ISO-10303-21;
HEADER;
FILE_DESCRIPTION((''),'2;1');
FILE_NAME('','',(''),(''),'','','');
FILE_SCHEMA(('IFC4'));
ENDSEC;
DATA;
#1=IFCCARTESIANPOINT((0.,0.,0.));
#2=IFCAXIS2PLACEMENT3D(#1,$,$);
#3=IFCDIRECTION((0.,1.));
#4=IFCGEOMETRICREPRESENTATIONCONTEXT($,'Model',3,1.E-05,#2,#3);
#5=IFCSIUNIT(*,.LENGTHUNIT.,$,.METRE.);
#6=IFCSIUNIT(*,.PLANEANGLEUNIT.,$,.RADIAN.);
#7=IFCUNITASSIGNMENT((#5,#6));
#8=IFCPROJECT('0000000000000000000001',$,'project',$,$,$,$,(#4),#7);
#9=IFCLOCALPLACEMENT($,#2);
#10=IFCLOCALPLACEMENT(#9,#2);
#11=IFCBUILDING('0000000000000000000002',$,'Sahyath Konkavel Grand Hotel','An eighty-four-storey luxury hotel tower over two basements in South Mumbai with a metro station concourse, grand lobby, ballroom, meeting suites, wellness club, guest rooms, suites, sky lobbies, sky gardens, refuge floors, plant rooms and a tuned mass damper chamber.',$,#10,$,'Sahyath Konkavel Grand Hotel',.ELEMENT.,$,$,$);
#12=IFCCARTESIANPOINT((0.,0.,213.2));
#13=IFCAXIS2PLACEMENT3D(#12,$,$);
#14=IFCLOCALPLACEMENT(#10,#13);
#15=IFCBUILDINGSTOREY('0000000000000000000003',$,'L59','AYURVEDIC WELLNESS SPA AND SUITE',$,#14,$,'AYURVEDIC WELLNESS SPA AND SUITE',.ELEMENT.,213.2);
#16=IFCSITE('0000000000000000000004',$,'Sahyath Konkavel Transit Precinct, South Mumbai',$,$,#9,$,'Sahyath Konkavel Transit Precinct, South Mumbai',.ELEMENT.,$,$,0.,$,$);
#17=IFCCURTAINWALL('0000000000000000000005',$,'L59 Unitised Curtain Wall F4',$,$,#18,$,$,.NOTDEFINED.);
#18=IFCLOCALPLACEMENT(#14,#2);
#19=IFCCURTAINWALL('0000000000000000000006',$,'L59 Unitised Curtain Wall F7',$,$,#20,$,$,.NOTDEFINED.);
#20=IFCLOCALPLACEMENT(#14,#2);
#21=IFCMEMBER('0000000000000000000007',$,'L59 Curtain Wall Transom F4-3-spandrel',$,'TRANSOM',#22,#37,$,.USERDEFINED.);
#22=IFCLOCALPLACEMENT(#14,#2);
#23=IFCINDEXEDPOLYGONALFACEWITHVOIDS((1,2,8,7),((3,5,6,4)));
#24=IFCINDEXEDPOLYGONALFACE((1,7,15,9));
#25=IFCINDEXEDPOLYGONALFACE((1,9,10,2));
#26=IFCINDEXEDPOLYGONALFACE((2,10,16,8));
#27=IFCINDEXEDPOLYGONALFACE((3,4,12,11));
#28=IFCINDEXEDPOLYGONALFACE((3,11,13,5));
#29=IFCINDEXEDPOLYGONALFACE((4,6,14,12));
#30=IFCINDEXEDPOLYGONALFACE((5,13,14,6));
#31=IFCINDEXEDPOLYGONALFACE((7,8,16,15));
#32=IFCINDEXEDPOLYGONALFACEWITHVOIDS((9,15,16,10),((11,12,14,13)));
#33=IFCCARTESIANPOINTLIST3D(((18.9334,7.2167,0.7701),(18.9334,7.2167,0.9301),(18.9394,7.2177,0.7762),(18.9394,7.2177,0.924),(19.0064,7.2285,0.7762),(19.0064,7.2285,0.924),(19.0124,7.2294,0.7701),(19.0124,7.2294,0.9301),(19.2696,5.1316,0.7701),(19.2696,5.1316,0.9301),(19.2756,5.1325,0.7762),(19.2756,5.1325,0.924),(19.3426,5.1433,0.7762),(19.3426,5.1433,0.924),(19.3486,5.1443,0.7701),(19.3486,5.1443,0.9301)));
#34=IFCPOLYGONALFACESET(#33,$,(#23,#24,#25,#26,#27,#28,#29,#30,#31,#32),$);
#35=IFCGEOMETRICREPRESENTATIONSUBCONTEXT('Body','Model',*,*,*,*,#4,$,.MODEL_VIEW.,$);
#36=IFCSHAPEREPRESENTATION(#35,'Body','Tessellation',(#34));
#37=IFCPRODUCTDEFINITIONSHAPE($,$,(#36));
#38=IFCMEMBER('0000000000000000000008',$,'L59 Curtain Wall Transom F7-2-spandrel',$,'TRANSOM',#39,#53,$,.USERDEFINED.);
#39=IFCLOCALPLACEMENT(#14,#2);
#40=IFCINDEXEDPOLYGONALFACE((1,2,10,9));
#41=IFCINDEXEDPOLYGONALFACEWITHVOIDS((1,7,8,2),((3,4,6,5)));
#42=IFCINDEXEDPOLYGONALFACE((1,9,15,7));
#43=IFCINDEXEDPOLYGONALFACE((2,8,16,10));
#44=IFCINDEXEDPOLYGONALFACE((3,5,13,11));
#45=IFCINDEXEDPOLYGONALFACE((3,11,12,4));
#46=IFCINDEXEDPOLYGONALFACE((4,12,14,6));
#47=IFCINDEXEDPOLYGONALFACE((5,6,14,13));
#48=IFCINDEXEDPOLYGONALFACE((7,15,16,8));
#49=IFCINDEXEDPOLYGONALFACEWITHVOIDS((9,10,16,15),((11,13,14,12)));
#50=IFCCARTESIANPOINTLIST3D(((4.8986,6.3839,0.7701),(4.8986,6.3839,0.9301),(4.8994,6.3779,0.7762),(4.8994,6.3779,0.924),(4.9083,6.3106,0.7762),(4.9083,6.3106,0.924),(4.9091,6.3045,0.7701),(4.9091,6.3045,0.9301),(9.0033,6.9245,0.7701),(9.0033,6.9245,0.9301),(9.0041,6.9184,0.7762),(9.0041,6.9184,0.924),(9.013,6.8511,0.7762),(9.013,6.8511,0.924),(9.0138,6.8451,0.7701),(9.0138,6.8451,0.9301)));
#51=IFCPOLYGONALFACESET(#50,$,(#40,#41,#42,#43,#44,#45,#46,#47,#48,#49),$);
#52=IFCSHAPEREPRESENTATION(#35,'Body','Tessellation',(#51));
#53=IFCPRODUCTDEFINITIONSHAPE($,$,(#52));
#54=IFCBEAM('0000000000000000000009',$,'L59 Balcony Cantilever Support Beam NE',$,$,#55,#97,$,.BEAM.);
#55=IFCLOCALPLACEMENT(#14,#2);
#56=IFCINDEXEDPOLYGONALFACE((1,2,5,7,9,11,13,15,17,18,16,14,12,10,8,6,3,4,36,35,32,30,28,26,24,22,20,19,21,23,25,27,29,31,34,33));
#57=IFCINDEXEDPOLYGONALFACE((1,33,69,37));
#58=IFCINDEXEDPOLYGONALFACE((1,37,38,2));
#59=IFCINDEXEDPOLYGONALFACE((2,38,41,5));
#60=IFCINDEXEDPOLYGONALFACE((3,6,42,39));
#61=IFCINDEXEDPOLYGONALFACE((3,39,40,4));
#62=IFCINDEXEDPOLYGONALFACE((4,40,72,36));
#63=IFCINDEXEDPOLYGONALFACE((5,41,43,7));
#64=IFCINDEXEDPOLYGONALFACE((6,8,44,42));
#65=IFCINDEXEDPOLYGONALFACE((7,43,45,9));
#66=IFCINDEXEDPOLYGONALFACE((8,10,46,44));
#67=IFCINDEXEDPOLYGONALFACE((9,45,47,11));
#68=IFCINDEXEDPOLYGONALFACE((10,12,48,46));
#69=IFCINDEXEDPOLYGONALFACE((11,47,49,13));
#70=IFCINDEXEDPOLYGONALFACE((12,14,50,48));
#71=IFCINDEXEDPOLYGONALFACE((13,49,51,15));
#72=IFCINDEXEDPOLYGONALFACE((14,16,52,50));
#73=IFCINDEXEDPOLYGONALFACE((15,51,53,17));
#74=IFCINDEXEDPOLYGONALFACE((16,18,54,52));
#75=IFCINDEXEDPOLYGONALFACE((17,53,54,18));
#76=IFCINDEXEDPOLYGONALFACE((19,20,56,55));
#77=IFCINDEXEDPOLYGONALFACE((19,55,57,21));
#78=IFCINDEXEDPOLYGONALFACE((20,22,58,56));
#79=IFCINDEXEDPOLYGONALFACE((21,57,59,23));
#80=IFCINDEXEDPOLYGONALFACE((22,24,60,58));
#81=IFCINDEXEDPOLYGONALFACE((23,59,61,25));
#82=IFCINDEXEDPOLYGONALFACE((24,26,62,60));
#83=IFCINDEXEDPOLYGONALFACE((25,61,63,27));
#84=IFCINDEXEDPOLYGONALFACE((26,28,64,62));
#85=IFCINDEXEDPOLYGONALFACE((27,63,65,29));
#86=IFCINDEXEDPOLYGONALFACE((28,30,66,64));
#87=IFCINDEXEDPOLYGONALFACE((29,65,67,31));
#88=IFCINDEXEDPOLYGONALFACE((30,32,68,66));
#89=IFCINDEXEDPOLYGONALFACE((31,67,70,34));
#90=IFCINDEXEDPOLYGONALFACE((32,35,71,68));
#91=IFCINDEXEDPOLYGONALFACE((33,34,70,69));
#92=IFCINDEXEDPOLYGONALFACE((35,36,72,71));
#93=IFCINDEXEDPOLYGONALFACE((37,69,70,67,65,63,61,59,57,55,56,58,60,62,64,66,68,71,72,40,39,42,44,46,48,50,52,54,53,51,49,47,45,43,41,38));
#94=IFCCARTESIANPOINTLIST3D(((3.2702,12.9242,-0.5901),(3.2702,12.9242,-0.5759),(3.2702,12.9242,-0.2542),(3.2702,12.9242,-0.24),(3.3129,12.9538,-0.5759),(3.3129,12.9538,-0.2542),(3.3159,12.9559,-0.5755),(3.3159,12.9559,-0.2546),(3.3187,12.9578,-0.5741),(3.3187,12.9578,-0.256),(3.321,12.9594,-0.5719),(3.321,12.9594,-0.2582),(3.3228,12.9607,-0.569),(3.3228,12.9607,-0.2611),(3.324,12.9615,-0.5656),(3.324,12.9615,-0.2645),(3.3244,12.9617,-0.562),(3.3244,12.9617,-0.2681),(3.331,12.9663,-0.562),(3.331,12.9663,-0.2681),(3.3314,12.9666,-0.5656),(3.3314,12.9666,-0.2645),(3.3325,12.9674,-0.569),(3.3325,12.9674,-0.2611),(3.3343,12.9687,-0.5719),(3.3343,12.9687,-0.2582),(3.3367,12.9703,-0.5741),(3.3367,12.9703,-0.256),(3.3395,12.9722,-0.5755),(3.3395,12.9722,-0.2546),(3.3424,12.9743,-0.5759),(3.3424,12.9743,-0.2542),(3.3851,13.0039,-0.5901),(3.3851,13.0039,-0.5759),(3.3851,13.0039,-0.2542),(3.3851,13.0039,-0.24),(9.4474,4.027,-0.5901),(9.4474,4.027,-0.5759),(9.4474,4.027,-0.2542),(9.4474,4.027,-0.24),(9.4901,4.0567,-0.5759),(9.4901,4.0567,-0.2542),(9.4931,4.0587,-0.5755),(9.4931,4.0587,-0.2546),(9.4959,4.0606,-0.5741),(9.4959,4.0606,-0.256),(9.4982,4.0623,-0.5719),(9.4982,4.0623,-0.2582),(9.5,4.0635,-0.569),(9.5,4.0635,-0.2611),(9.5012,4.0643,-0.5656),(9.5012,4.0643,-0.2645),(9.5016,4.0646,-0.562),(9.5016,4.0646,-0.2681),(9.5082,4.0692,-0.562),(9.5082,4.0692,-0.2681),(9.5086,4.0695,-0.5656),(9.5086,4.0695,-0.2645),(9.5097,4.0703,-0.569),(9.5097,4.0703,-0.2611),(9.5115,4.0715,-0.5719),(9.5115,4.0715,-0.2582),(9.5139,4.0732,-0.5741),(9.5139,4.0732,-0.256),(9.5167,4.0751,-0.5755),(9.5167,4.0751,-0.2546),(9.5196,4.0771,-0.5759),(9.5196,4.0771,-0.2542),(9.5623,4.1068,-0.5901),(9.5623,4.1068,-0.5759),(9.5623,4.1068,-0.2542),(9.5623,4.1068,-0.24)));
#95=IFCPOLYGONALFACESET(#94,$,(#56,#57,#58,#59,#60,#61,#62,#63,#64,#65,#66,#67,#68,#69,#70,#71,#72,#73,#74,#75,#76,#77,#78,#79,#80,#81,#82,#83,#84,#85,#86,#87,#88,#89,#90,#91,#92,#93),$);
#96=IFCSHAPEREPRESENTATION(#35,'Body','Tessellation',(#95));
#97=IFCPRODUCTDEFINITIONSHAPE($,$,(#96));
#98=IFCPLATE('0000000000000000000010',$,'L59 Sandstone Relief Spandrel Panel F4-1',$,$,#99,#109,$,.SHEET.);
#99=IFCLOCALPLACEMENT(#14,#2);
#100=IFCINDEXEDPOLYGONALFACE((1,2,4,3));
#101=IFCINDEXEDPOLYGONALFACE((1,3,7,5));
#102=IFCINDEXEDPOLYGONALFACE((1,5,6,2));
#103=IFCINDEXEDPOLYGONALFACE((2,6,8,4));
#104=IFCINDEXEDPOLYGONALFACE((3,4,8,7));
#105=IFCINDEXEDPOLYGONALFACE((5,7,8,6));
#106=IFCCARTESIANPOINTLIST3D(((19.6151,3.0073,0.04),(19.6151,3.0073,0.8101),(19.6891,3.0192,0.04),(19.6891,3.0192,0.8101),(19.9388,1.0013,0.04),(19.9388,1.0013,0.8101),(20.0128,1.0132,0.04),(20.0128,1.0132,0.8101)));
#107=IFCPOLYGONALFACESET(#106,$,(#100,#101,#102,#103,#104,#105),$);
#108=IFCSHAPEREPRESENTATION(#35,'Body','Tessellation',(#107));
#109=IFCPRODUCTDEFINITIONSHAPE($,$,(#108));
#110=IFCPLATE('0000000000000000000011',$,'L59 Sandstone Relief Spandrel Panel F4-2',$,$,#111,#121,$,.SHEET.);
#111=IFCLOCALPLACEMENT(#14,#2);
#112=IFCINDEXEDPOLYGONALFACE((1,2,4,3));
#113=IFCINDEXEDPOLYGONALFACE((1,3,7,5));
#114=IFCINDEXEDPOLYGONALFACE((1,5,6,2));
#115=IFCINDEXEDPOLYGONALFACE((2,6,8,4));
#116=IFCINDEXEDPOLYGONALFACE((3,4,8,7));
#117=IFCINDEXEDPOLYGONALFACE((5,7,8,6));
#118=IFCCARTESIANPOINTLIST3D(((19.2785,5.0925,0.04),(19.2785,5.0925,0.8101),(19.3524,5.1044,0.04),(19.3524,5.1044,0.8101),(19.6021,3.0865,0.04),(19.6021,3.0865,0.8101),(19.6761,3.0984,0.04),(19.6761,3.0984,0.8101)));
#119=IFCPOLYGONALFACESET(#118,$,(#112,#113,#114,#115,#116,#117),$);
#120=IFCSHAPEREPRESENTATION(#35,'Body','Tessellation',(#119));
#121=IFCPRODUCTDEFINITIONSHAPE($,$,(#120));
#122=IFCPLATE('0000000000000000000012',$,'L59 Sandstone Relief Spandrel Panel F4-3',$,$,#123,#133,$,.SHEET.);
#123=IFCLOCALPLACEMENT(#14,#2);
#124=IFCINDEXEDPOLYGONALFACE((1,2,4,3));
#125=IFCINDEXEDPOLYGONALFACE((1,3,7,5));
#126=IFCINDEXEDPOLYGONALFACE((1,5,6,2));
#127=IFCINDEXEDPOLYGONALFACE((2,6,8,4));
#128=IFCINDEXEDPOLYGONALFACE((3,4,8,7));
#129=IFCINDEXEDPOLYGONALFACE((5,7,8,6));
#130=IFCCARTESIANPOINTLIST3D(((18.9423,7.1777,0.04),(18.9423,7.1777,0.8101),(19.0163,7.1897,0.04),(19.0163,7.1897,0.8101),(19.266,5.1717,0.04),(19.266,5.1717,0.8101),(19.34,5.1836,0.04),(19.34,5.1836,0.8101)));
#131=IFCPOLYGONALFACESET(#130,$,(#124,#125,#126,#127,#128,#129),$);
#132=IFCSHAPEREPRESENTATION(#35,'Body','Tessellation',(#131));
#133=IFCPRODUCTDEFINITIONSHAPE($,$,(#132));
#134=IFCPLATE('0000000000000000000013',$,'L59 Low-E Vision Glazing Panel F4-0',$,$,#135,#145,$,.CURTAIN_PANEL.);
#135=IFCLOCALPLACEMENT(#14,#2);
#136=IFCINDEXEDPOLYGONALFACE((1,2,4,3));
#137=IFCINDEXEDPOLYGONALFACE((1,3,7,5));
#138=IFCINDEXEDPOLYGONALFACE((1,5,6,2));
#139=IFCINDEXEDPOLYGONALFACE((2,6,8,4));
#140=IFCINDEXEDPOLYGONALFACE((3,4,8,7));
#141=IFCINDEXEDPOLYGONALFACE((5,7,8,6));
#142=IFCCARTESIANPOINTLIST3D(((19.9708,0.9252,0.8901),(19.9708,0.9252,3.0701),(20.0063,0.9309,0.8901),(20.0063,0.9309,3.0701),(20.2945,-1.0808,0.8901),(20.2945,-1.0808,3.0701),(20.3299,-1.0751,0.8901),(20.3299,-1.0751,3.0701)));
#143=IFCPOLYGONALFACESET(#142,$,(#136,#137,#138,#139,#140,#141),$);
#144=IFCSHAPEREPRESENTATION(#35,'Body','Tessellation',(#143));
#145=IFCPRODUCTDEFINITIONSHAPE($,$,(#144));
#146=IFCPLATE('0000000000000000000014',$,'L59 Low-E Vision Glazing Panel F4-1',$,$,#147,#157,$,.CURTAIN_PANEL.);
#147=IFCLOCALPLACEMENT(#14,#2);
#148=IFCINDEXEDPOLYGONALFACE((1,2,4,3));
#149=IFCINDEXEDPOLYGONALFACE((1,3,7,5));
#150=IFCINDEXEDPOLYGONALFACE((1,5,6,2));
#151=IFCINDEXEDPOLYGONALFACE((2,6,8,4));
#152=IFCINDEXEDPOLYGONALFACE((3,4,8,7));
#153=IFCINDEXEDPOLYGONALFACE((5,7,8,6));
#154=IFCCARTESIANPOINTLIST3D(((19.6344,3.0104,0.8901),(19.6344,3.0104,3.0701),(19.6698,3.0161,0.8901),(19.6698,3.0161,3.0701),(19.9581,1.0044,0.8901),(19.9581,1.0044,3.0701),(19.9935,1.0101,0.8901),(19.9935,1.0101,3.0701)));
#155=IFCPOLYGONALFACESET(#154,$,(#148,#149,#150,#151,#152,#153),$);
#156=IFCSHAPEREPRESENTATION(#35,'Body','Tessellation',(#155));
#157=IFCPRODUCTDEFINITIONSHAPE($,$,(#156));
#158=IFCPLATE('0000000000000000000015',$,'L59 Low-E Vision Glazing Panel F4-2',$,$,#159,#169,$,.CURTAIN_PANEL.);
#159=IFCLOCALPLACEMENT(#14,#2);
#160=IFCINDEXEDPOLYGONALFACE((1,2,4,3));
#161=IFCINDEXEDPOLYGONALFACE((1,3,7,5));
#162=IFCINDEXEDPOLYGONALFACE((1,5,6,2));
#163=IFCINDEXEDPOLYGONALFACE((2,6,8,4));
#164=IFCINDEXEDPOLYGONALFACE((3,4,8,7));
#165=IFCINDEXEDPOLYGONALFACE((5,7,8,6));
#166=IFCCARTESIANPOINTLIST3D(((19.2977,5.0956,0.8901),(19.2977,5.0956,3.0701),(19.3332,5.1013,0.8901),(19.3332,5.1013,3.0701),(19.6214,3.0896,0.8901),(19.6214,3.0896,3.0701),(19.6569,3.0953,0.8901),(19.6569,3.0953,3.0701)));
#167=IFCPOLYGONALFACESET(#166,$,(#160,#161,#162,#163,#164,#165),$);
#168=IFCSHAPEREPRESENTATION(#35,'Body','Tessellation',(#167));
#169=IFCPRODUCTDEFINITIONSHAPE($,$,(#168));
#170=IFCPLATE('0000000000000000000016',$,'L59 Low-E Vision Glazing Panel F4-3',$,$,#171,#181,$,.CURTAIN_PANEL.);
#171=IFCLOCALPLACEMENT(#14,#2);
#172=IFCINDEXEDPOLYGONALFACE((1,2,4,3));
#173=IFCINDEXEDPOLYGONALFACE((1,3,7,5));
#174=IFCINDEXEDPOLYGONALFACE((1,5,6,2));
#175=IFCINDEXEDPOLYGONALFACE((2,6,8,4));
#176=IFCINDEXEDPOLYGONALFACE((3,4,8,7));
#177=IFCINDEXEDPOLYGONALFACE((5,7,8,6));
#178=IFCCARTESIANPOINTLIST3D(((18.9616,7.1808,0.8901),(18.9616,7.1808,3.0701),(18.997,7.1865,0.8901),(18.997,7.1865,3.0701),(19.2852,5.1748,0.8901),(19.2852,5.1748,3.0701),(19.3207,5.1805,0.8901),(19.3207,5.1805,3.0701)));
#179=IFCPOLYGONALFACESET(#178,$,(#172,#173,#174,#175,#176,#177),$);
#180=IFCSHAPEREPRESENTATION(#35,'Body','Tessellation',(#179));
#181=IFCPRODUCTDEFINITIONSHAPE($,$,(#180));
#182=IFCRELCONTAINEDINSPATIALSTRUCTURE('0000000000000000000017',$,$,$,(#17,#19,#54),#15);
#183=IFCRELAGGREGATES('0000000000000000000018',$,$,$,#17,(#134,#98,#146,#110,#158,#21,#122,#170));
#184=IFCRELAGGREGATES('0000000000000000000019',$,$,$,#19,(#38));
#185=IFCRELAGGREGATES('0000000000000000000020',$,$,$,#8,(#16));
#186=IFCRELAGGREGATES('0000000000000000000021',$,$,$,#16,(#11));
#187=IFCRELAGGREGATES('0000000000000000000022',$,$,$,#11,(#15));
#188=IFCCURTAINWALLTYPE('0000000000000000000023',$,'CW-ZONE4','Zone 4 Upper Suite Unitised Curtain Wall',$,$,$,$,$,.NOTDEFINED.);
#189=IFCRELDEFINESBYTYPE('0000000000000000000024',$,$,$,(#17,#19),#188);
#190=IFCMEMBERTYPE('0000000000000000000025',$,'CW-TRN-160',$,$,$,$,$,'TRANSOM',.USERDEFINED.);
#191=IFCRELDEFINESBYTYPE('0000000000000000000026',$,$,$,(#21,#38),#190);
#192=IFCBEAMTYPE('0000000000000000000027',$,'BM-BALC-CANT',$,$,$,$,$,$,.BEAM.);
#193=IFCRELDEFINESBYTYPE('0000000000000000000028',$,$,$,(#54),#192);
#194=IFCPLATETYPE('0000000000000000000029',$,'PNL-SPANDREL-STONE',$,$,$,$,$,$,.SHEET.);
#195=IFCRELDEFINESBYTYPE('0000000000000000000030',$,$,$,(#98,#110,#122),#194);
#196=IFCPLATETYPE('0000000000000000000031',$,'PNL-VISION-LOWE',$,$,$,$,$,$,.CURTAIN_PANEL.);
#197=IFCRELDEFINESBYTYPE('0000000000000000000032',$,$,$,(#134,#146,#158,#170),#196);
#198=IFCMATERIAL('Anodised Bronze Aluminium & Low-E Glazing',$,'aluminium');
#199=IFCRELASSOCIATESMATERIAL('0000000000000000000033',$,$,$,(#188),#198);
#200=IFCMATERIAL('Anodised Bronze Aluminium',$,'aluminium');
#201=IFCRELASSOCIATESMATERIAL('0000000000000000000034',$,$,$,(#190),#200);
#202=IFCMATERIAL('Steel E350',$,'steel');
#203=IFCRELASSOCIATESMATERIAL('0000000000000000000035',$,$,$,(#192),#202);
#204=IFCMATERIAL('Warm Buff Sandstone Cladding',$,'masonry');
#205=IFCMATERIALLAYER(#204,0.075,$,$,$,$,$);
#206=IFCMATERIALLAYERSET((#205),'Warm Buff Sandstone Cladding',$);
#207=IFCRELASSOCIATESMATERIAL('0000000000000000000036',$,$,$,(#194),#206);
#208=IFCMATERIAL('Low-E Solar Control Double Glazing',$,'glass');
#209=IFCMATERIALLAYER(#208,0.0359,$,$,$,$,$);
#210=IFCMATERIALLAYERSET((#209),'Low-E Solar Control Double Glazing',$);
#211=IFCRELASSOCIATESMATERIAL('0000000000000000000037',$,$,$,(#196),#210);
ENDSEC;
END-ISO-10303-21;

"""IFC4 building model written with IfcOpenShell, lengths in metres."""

from ifc_helpers import new_model, si_unit, direction, frame, origin, origin_2d, place, context, subcontext, project, spatial, rectangle, hollow_rectangle, i_section, extrude, source, transform, mapped, material, layer, layer_set, material_profile, profile_set, type_object, element, aggregate, save


model = new_model("IFC4")

# Units and contexts
model_context = context("Model", 3, precision=1e-05, world=origin(), true_north=direction((0.0, 1.0)))
body_context = subcontext(model_context, "Body", "Model", "MODEL_VIEW")
ifc_project = project(units=[si_unit("LENGTHUNIT", "METRE"), si_unit("PLANEANGLEUNIT", "RADIAN")], contexts=[model_context])

# Site, building, storey
site_placement = place(None, origin())
site = spatial("IfcSite", under=ifc_project, at=site_placement, Name="Sahyath Konkavel Transit Precinct, South Mumbai", LongName="Sahyath Konkavel Transit Precinct, South Mumbai", CompositionType="ELEMENT", RefElevation=0.0)
building_placement = place(site_placement, origin())
building = spatial("IfcBuilding", under=site, at=building_placement, Name="Sahyath Konkavel Grand Hotel", Description="An eighty-four-storey luxury hotel tower over two basements in South Mumbai with a metro station concourse, grand lobby, ballroom, meeting suites, wellness club, guest rooms, suites, sky lobbies, sky gardens, refuge floors, plant rooms and a tuned mass damper chamber.", LongName="Sahyath Konkavel Grand Hotel", CompositionType="ELEMENT")
storey_placement = place(building_placement, frame((0.0, 0.0, 213.2)))
storey = spatial("IfcBuildingStorey", under=building, at=storey_placement, Name="L59", Description="AYURVEDIC WELLNESS SPA AND SUITE", LongName="AYURVEDIC WELLNESS SPA AND SUITE", CompositionType="ELEMENT", Elevation=213.2)

# Shared definitions
ifc_material_1 = material(Name="Steel E350", Category="steel")

# Curtain wall
ifc_material_2 = material(Name="Anodised Bronze Aluminium & Low-E Glazing", Category="aluminium")
curtain_wall_type = type_object("IfcCurtainWallType", Name="CW-ZONE4", Description="Zone 4 Upper Suite Unitised Curtain Wall", PredefinedType="NOTDEFINED", material=ifc_material_2)
curtain_wall_1_placement = place(storey_placement, origin())
curtain_wall_1 = element("IfcCurtainWall", 1, at=curtain_wall_1_placement, inside=storey, type_object=curtain_wall_type, Name="L59 Unitised Curtain Wall F4", PredefinedType="NOTDEFINED")
ifc_material_3 = material(Name="Anodised Bronze Aluminium", Category="aluminium")

# Curtain wall
curtain_wall_2_placement = place(storey_placement, origin())
curtain_wall_2 = element("IfcCurtainWall", 2, at=curtain_wall_2_placement, inside=storey, type_object=curtain_wall_type, Name="L59 Unitised Curtain Wall F7", PredefinedType="NOTDEFINED")

# Members
ifc_material_profile_1 = material_profile(ifc_material_3, hollow_rectangle(XDim=0.0801, YDim=0.1599, WallThickness=0.0061, at=origin_2d()), Name="RHS 160x80x6")
ifc_profile_set_1 = profile_set([ifc_material_profile_1], Name="Anodised Bronze Aluminium")
member_type_1 = type_object("IfcMemberType", Name="CW-TRN-160", ElementType="TRANSOM", PredefinedType="USERDEFINED", material=ifc_profile_set_1)
shared_shape_1 = source(origin(), body_context, "Body", "SweptSolid", [
    extrude(hollow_rectangle(XDim=0.0801, YDim=0.1599, WallThickness=0.0061, at=origin_2d()), origin(), (0.0, 0.0, 1.0), 2.1121),
])
member_1_placement = place(storey_placement, frame((19.3091, 5.1379, 0.8501), z_axis=(-0.159167, 0.987252, 0.0), x_axis=(-0.987252, -0.159167, 0.0)))
member_1 = element("IfcMember", 3, at=member_1_placement, type_object=member_type_1, Name="L59 Curtain Wall Transom F4-3-spandrel", ObjectType="TRANSOM", PredefinedType="USERDEFINED", context=body_context, shape_type="MappedRepresentation", body=[
    mapped(shared_shape_1, transform((0.0, 0.0, 0.0), scale=1.0)),
])
shared_shape_2 = source(origin(), body_context, "Body", "SweptSolid", [
    extrude(hollow_rectangle(XDim=0.0801, YDim=0.1599, WallThickness=0.0061, at=origin_2d()), origin(), (0.0, 0.0, 1.0), 4.1401),
])
member_2_placement = place(storey_placement, frame((9.0085, 6.8848, 0.8501), z_axis=(-0.991441, -0.130557, 0.0), x_axis=(0.130557, -0.991441, 0.0)))
member_2 = element("IfcMember", 4, at=member_2_placement, type_object=member_type_1, Name="L59 Curtain Wall Transom F7-2-spandrel", ObjectType="TRANSOM", PredefinedType="USERDEFINED", context=body_context, shape_type="MappedRepresentation", body=[
    mapped(shared_shape_2, transform((0.0, 0.0, 0.0), scale=1.0)),
])

# Beam
ifc_material_profile_2 = material_profile(ifc_material_1, i_section(OverallWidth=0.1399, OverallDepth=0.3501, WebThickness=0.0081, FlangeThickness=0.0142, FilletRadius=0.0139, at=origin_2d()), Name="ISMB 350")
ifc_profile_set_2 = profile_set([ifc_material_profile_2], Name="Steel E350")
beam_type_1 = type_object("IfcBeamType", Name="BM-BALC-CANT", PredefinedType="BEAM", material=ifc_profile_set_2)
shared_shape_3 = source(origin(), body_context, "Body", "SweptSolid", [
    extrude(i_section(OverallWidth=0.1399, OverallDepth=0.3501, WebThickness=0.0081, FlangeThickness=0.0142, FilletRadius=0.0139, at=origin_2d()), origin(), (0.0, 0.0, 1.0), 10.8313),
])
beam_1_placement = place(storey_placement, frame((9.5049, 4.0669, -0.415), z_axis=(-0.57031, 0.82143, 0.0), x_axis=(-0.82143, -0.57031, 0.0)))
element("IfcBeam", 5, at=beam_1_placement, inside=storey, type_object=beam_type_1, Name="L59 Balcony Cantilever Support Beam NE", PredefinedType="BEAM", context=body_context, shape_type="MappedRepresentation", body=[
    mapped(shared_shape_3, transform((0.0, 0.0, 0.0), scale=1.0)),
])

# Plates
ifc_material_4 = material(Name="Warm Buff Sandstone Cladding", Category="masonry")
ifc_layer_1 = layer(ifc_material_4, 0.075)
ifc_layer_set_1 = layer_set([ifc_layer_1], Name="Warm Buff Sandstone Cladding")
plate_type_1 = type_object("IfcPlateType", Name="PNL-SPANDREL-STONE", PredefinedType="SHEET", material=ifc_layer_set_1)
shared_shape_4 = source(origin(), body_context, "Body", "SweptSolid", [
    extrude(rectangle(XDim=2.032, YDim=0.075, at=origin_2d()), origin(), (0.0, 0.0, 1.0), 0.77),
])
plate_1_placement = place(storey_placement, frame((19.814, 2.0103, 0.04), z_axis=(0.0, 0.0, 1.0), x_axis=(-0.159295, 0.987231, 0.0)))
plate_1 = element("IfcPlate", 6, at=plate_1_placement, type_object=plate_type_1, Name="L59 Sandstone Relief Spandrel Panel F4-1", PredefinedType="SHEET", context=body_context, shape_type="MappedRepresentation", body=[
    mapped(shared_shape_4, transform((0.0, 0.0, 0.0), scale=1.0)),
])
plate_2_placement = place(storey_placement, frame((19.4773, 4.0955, 0.04), z_axis=(0.0, 0.0, 1.0), x_axis=(-0.159295, 0.987231, 0.0)))
plate_2 = element("IfcPlate", 7, at=plate_2_placement, type_object=plate_type_1, Name="L59 Sandstone Relief Spandrel Panel F4-2", PredefinedType="SHEET", context=body_context, shape_type="MappedRepresentation", body=[
    mapped(shared_shape_4, transform((0.0, 0.0, 0.0), scale=1.0)),
])
plate_3_placement = place(storey_placement, frame((19.1411, 6.1807, 0.04), z_axis=(0.0, 0.0, 1.0), x_axis=(-0.159295, 0.987231, 0.0)))
plate_3 = element("IfcPlate", 8, at=plate_3_placement, type_object=plate_type_1, Name="L59 Sandstone Relief Spandrel Panel F4-3", PredefinedType="SHEET", context=body_context, shape_type="MappedRepresentation", body=[
    mapped(shared_shape_4, transform((0.0, 0.0, 0.0), scale=1.0)),
])
ifc_material_5 = material(Name="Low-E Solar Control Double Glazing", Category="glass")
ifc_layer_2 = layer(ifc_material_5, 0.0359)
ifc_layer_set_2 = layer_set([ifc_layer_2], Name="Low-E Solar Control Double Glazing")
plate_type_2 = type_object("IfcPlateType", Name="PNL-VISION-LOWE", PredefinedType="CURTAIN_PANEL", material=ifc_layer_set_2)
shared_shape_5 = source(origin(), body_context, "Body", "SweptSolid", [
    extrude(rectangle(XDim=2.032, YDim=0.0359, at=origin_2d()), origin(), (0.0, 0.0, 1.0), 2.1799),
])
plate_4_placement = place(storey_placement, frame((20.1504, -0.075, 0.8901), z_axis=(0.0, 0.0, 1.0), x_axis=(-0.159295, 0.987231, 0.0)))
plate_4 = element("IfcPlate", 9, at=plate_4_placement, type_object=plate_type_2, Name="L59 Low-E Vision Glazing Panel F4-0", PredefinedType="CURTAIN_PANEL", context=body_context, shape_type="MappedRepresentation", body=[
    mapped(shared_shape_5, transform((0.0, 0.0, 0.0), scale=1.0)),
])
plate_5_placement = place(storey_placement, frame((19.814, 2.0103, 0.8901), z_axis=(0.0, 0.0, 1.0), x_axis=(-0.159295, 0.987231, 0.0)))
plate_5 = element("IfcPlate", 10, at=plate_5_placement, type_object=plate_type_2, Name="L59 Low-E Vision Glazing Panel F4-1", PredefinedType="CURTAIN_PANEL", context=body_context, shape_type="MappedRepresentation", body=[
    mapped(shared_shape_5, transform((0.0, 0.0, 0.0), scale=1.0)),
])
plate_6_placement = place(storey_placement, frame((19.4773, 4.0955, 0.8901), z_axis=(0.0, 0.0, 1.0), x_axis=(-0.159295, 0.987231, 0.0)))
plate_6 = element("IfcPlate", 11, at=plate_6_placement, type_object=plate_type_2, Name="L59 Low-E Vision Glazing Panel F4-2", PredefinedType="CURTAIN_PANEL", context=body_context, shape_type="MappedRepresentation", body=[
    mapped(shared_shape_5, transform((0.0, 0.0, 0.0), scale=1.0)),
])
plate_7_placement = place(storey_placement, frame((19.1411, 6.1807, 0.8901), z_axis=(0.0, 0.0, 1.0), x_axis=(-0.159295, 0.987231, 0.0)))
plate_7 = element("IfcPlate", 12, at=plate_7_placement, type_object=plate_type_2, Name="L59 Low-E Vision Glazing Panel F4-3", PredefinedType="CURTAIN_PANEL", context=body_context, shape_type="MappedRepresentation", body=[
    mapped(shared_shape_5, transform((0.0, 0.0, 0.0), scale=1.0)),
])
aggregate(curtain_wall_1, [plate_4, plate_1, plate_5, plate_2, plate_6, member_1, plate_3, plate_7])
aggregate(curtain_wall_2, [member_2])

save(model, "model.ifc")
